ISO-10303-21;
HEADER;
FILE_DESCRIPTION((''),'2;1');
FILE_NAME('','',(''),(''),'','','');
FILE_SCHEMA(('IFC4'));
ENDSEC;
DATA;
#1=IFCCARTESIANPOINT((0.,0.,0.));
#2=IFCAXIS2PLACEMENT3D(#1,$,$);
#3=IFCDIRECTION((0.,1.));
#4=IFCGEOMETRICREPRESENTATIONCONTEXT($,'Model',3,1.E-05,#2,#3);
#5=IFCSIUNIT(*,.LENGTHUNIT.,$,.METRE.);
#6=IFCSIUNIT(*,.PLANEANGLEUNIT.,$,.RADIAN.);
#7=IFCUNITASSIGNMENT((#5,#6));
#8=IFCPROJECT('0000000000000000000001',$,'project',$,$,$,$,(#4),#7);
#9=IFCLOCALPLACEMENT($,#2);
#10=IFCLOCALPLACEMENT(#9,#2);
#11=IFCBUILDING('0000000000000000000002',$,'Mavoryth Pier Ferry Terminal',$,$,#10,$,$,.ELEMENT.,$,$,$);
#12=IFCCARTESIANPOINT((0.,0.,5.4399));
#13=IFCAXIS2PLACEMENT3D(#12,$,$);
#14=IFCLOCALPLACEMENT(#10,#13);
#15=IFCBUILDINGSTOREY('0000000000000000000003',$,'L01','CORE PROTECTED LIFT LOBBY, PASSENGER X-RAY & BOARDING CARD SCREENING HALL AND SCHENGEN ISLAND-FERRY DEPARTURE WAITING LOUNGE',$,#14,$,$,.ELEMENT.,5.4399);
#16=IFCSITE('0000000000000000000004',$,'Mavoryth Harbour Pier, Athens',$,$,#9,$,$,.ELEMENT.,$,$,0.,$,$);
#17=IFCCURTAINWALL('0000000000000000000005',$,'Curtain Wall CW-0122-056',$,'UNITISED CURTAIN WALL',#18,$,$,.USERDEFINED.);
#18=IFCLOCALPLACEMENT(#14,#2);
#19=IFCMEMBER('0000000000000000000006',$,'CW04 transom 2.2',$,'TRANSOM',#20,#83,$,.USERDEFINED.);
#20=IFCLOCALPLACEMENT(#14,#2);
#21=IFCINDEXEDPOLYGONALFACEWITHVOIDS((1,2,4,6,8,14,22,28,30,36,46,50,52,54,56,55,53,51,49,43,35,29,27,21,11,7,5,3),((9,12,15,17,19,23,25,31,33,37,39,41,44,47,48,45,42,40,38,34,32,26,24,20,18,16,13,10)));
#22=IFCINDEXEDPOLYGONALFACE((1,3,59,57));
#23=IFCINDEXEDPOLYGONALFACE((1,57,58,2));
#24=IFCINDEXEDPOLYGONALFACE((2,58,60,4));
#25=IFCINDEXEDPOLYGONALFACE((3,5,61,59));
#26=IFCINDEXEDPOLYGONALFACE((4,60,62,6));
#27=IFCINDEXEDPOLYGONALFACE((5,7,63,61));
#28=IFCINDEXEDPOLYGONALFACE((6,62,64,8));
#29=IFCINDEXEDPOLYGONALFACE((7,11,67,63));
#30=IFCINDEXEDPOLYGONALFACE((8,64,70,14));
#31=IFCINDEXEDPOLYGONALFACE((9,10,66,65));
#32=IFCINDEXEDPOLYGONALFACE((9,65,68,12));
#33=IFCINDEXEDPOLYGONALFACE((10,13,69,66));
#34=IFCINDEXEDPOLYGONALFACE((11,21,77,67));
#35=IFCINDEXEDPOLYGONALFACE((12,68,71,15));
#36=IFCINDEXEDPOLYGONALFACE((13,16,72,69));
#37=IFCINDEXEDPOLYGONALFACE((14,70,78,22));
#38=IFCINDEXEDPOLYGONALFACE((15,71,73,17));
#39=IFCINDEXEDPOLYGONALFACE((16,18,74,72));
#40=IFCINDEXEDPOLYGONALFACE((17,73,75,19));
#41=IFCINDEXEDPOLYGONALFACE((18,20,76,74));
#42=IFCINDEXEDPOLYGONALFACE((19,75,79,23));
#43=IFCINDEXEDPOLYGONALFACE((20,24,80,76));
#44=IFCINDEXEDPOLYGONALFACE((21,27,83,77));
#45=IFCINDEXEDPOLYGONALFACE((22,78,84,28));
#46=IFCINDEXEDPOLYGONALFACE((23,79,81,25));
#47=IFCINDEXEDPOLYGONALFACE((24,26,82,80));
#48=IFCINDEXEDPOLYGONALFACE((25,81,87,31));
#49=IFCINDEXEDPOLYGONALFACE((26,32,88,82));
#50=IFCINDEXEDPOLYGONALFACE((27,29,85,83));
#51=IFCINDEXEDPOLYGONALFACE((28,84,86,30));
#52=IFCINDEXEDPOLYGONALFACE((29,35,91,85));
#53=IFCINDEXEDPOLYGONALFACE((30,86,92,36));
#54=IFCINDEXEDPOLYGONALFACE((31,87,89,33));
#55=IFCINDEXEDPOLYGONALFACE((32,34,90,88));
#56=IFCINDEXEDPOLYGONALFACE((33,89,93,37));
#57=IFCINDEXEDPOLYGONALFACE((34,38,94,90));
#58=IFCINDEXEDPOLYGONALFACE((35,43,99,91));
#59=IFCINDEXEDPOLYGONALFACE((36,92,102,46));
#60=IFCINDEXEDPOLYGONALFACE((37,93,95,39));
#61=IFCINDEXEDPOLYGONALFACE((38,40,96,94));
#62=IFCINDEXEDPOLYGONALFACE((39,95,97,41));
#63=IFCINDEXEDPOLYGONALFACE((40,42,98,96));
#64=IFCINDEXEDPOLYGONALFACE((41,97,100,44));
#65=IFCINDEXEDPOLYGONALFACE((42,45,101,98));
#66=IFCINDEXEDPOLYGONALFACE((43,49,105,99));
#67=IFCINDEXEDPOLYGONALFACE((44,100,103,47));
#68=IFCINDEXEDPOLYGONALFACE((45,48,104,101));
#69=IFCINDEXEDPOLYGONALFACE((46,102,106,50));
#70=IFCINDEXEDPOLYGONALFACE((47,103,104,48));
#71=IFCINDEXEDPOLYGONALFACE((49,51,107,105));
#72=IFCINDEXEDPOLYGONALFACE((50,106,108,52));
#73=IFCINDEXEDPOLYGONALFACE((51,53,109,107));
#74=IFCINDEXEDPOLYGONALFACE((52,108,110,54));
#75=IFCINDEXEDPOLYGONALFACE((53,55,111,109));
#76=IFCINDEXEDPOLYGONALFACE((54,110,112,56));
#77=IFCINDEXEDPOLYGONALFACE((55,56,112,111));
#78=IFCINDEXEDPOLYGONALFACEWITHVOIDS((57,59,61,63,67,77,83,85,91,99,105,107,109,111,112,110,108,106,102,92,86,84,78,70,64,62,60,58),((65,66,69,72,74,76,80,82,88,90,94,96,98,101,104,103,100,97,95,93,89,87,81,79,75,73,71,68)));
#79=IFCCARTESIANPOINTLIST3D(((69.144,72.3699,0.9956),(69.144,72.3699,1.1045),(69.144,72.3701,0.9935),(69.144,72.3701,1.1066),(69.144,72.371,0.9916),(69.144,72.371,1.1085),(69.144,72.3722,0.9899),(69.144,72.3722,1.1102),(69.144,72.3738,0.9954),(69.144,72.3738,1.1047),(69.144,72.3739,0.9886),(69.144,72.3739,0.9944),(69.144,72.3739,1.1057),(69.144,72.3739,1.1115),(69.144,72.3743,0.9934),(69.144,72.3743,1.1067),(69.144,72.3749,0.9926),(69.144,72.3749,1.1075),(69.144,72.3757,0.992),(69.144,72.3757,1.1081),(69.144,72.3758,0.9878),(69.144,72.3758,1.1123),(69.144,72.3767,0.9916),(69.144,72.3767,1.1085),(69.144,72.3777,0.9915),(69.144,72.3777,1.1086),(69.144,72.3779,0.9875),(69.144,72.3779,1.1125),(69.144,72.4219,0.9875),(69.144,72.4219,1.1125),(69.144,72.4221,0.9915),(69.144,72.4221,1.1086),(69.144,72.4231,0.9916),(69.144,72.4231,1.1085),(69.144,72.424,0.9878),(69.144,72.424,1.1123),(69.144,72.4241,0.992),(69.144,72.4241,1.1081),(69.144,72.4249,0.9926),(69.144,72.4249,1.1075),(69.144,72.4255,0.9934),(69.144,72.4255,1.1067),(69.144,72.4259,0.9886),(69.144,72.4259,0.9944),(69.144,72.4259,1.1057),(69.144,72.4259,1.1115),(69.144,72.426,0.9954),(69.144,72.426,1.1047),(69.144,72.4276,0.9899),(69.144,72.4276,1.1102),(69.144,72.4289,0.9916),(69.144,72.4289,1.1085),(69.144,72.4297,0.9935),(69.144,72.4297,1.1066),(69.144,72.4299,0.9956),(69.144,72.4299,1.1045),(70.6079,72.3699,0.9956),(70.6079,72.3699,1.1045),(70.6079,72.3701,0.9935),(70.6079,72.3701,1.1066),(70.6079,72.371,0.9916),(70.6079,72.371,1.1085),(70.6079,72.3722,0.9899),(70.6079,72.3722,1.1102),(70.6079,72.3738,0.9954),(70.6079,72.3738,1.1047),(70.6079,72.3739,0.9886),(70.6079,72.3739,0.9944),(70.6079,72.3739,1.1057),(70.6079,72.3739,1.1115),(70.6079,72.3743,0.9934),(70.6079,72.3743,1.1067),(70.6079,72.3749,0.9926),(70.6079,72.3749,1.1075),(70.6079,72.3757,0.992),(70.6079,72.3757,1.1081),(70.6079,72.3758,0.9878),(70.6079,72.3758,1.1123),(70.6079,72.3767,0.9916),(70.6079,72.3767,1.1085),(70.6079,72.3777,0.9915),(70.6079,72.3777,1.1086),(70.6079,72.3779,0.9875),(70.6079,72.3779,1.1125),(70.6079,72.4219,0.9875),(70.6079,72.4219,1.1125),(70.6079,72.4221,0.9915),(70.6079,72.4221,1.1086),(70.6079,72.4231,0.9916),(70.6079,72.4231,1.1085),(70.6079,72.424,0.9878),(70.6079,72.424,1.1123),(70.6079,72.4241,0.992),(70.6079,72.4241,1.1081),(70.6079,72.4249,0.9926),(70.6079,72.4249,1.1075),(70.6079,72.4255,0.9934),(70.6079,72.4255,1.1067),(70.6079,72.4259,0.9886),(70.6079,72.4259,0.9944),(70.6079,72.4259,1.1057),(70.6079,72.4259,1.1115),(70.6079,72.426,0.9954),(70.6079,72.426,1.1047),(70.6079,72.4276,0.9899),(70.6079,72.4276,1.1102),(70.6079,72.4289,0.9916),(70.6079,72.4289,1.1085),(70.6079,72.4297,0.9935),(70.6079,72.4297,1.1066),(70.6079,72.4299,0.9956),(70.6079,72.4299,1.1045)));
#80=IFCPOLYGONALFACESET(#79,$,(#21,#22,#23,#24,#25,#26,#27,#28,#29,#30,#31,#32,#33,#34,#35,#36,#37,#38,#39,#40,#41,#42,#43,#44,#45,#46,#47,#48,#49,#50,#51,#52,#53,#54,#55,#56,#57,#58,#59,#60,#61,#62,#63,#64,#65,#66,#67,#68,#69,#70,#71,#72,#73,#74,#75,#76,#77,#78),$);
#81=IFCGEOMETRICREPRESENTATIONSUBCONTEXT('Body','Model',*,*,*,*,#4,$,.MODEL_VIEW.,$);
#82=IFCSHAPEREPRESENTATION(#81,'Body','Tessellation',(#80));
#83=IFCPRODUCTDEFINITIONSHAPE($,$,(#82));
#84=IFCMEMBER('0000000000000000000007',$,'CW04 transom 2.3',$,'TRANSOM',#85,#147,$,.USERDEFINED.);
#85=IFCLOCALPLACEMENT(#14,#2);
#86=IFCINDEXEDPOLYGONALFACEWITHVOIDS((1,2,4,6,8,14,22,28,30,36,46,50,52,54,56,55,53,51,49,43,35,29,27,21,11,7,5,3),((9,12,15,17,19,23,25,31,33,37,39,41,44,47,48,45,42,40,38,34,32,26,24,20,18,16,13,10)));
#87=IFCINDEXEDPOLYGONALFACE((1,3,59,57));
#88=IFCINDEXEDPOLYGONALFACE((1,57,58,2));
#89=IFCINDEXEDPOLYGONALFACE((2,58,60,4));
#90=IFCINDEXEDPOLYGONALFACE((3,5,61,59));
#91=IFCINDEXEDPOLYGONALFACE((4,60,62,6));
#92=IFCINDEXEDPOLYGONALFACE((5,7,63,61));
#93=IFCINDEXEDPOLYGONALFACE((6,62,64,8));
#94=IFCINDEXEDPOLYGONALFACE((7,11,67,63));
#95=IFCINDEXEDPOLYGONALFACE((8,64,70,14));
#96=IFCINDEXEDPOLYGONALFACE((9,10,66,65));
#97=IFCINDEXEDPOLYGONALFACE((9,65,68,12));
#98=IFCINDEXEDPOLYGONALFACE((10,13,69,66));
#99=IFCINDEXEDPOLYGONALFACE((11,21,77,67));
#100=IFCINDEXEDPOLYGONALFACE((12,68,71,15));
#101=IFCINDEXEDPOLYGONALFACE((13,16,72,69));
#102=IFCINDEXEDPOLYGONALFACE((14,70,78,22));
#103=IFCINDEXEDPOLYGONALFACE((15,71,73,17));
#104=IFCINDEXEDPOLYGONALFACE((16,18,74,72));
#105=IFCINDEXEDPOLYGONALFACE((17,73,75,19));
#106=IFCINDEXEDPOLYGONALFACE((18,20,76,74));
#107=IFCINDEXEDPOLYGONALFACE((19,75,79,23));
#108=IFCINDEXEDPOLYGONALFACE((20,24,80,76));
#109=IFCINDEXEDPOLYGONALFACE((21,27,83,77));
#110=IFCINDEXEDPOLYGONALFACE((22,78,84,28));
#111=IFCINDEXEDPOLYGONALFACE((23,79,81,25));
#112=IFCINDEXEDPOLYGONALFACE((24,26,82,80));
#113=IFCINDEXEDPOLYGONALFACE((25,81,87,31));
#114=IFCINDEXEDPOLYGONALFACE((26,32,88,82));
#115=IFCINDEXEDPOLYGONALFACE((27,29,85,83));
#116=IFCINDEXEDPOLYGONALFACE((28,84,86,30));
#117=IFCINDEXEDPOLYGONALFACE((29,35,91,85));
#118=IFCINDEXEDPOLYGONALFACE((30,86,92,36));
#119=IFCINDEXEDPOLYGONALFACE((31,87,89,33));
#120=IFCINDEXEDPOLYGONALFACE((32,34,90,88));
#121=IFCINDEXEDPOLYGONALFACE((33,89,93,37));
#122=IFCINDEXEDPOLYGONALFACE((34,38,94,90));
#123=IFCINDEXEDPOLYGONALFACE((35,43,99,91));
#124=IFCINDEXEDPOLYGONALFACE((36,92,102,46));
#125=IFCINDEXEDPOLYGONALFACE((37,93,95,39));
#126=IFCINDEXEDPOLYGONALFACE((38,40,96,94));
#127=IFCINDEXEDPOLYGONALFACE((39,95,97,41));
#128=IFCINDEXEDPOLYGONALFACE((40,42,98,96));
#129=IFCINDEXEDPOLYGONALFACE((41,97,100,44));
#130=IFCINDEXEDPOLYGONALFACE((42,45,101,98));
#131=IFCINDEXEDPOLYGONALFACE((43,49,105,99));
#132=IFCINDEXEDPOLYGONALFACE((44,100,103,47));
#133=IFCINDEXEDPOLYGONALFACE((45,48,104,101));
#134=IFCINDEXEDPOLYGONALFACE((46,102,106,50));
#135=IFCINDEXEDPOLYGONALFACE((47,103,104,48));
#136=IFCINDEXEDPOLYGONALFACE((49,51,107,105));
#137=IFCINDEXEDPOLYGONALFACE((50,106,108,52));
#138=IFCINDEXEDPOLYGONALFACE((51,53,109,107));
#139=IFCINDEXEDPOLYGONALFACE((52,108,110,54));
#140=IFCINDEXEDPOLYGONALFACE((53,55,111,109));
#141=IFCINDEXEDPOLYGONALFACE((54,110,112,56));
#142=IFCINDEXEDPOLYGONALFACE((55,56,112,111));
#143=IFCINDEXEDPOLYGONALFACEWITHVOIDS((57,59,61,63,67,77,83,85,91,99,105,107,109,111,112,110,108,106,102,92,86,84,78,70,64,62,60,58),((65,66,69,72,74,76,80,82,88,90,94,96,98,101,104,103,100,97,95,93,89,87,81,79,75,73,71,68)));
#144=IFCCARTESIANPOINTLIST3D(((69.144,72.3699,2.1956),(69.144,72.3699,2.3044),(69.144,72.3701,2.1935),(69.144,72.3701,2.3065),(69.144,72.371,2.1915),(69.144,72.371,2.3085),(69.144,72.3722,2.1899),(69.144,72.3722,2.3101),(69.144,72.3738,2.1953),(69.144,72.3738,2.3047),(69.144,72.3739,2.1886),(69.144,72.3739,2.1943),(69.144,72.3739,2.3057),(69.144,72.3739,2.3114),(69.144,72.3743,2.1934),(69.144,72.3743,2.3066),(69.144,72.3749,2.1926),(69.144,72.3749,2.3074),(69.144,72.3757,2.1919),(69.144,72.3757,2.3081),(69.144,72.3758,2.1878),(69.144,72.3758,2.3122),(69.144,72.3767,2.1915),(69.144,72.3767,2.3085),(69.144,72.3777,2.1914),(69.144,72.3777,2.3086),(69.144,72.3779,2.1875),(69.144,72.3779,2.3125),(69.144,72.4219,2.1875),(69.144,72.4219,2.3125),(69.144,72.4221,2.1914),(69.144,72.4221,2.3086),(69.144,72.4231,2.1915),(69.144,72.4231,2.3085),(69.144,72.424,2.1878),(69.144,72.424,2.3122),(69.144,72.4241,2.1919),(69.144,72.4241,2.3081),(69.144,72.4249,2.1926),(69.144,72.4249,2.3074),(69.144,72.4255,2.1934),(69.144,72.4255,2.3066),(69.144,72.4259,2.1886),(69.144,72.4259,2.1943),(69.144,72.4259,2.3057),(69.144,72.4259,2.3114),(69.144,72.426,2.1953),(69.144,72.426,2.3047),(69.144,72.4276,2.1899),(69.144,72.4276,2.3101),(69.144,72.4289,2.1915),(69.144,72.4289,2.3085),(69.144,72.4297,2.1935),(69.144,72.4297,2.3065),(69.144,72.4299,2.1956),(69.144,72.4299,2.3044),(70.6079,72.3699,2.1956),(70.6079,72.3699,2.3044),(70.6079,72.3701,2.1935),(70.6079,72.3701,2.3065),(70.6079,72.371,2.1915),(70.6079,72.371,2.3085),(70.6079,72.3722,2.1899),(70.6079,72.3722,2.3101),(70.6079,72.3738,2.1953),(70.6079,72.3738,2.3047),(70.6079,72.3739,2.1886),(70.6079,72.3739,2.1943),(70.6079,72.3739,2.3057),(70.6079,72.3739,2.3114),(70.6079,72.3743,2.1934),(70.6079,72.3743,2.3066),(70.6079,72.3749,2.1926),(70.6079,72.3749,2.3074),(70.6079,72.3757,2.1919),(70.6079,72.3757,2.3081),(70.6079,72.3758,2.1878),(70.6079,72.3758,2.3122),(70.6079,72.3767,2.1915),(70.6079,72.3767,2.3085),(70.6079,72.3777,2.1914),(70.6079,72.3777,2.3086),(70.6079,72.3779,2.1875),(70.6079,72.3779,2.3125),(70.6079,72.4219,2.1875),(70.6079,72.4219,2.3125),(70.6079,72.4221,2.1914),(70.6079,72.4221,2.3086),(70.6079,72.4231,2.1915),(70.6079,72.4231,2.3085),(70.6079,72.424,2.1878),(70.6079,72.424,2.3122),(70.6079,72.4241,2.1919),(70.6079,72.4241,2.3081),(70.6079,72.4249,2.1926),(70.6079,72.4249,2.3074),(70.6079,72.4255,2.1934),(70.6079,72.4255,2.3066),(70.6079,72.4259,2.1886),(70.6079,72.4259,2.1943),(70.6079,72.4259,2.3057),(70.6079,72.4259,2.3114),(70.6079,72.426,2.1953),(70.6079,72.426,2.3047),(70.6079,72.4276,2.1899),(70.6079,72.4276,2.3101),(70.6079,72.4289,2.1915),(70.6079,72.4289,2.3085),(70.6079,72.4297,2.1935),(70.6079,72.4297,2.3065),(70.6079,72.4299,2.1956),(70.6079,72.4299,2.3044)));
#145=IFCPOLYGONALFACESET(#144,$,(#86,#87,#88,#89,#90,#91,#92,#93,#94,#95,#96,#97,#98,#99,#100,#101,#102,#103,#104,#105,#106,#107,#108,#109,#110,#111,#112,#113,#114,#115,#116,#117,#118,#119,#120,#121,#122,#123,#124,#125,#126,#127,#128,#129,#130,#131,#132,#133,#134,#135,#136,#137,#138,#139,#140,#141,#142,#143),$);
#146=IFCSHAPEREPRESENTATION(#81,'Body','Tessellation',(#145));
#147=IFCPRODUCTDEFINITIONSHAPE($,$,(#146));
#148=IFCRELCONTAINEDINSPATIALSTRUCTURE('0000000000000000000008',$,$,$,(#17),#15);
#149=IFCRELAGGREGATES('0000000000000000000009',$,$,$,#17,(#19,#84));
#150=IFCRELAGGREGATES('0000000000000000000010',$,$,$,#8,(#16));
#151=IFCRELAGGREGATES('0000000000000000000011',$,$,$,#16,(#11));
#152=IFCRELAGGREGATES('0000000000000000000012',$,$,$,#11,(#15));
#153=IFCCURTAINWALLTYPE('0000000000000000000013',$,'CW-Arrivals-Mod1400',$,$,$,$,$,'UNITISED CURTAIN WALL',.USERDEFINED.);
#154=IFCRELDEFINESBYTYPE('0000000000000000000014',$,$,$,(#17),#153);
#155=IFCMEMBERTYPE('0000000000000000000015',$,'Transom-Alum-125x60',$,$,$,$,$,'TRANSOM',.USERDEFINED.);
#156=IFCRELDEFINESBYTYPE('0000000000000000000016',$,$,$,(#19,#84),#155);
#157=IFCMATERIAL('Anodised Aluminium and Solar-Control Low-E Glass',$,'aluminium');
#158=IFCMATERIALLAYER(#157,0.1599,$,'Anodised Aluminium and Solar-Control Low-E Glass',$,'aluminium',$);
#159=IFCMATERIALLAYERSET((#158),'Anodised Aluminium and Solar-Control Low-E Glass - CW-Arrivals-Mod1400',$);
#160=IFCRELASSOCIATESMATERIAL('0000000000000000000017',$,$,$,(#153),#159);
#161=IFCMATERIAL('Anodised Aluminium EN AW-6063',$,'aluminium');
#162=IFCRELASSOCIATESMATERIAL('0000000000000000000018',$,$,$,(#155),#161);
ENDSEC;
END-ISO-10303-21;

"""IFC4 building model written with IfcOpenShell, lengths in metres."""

from ifc_helpers import new_model, si_unit, direction, frame, origin, origin_2d, place, context, subcontext, project, spatial, hollow_rectangle, extrude, material, layer, layer_set, material_profile, profile_set, type_object, element, aggregate, save


model = new_model("IFC4")

# Units and contexts
model_context = context("Model", 3, precision=1e-05, world=origin(), true_north=direction((0.0, 1.0)))
body_context = subcontext(model_context, "Body", "Model", "MODEL_VIEW")
ifc_project = project(units=[si_unit("LENGTHUNIT", "METRE"), si_unit("PLANEANGLEUNIT", "RADIAN")], contexts=[model_context])

# Site, building, storey
site_placement = place(None, origin())
site = spatial("IfcSite", under=ifc_project, at=site_placement, Name="Mavoryth Harbour Pier, Athens", CompositionType="ELEMENT", RefElevation=0.0)
building_placement = place(site_placement, origin())
building = spatial("IfcBuilding", under=site, at=building_placement, Name="Mavoryth Pier Ferry Terminal", CompositionType="ELEMENT")
storey_placement = place(building_placement, frame((0.0, 0.0, 5.4399)))
storey = spatial("IfcBuildingStorey", under=building, at=storey_placement, Name="L01", Description="CORE PROTECTED LIFT LOBBY, PASSENGER X-RAY & BOARDING CARD SCREENING HALL AND SCHENGEN ISLAND-FERRY DEPARTURE WAITING LOUNGE", CompositionType="ELEMENT", Elevation=5.4399)

# Curtain wall, members
ifc_material_1 = material(Name="Anodised Aluminium and Solar-Control Low-E Glass", Category="aluminium")
ifc_layer_1 = layer(ifc_material_1, 0.1599, Name="Anodised Aluminium and Solar-Control Low-E Glass", Category="aluminium")
ifc_layer_set_1 = layer_set([ifc_layer_1], Name="Anodised Aluminium and Solar-Control Low-E Glass - CW-Arrivals-Mod1400")
curtain_wall_type = type_object("IfcCurtainWallType", Name="CW-Arrivals-Mod1400", ElementType="UNITISED CURTAIN WALL", PredefinedType="USERDEFINED", material=ifc_layer_set_1)
curtain_wall_placement = place(storey_placement, origin())
curtain_wall = element("IfcCurtainWall", 1, at=curtain_wall_placement, inside=storey, type_object=curtain_wall_type, Name="Curtain Wall CW-0122-056", ObjectType="UNITISED CURTAIN WALL", PredefinedType="USERDEFINED")
ifc_material_2 = material(Name="Anodised Aluminium EN AW-6063", Category="aluminium")
ifc_material_profile_1 = material_profile(ifc_material_2, hollow_rectangle(XDim=0.0601, YDim=0.125, WallThickness=0.0039, InnerFilletRadius=0.0039, OuterFilletRadius=0.0081, at=origin_2d()), Name="AL-TRAN 125x60x4", Category="aluminium")
ifc_profile_set_1 = profile_set([ifc_material_profile_1], Name="Anodised Aluminium EN AW-6063 - AL-TRAN 125x60x4")
member_type_1 = type_object("IfcMemberType", Name="Transom-Alum-125x60", ElementType="TRANSOM", PredefinedType="USERDEFINED", material=ifc_profile_set_1)
member_1_placement = place(storey_placement, frame((69.144, 72.3999, 1.05), z_axis=(1.0, 0.0, 0.0), x_axis=(0.0, 1.0, 0.0)))
member_1 = element("IfcMember", 2, at=member_1_placement, type_object=member_type_1, Name="CW04 transom 2.2", ObjectType="TRANSOM", PredefinedType="USERDEFINED", context=body_context, shape_type="SweptSolid", body=[
    extrude(hollow_rectangle(XDim=0.0601, YDim=0.125, WallThickness=0.0039, InnerFilletRadius=0.0039, OuterFilletRadius=0.0081, at=origin_2d()), origin(), (0.0, 0.0, 1.0), 1.4639),
])
member_2_placement = place(storey_placement, frame((69.144, 72.3999, 2.25), z_axis=(1.0, 0.0, 0.0), x_axis=(0.0, 1.0, 0.0)))
member_2 = element("IfcMember", 3, at=member_2_placement, type_object=member_type_1, Name="CW04 transom 2.3", ObjectType="TRANSOM", PredefinedType="USERDEFINED", context=body_context, shape_type="SweptSolid", body=[
    extrude(hollow_rectangle(XDim=0.0601, YDim=0.125, WallThickness=0.0039, InnerFilletRadius=0.0039, OuterFilletRadius=0.0081, at=origin_2d()), origin(), (0.0, 0.0, 1.0), 1.4639),
])
aggregate(curtain_wall, [member_1, member_2])

save(model, "model.ifc")
